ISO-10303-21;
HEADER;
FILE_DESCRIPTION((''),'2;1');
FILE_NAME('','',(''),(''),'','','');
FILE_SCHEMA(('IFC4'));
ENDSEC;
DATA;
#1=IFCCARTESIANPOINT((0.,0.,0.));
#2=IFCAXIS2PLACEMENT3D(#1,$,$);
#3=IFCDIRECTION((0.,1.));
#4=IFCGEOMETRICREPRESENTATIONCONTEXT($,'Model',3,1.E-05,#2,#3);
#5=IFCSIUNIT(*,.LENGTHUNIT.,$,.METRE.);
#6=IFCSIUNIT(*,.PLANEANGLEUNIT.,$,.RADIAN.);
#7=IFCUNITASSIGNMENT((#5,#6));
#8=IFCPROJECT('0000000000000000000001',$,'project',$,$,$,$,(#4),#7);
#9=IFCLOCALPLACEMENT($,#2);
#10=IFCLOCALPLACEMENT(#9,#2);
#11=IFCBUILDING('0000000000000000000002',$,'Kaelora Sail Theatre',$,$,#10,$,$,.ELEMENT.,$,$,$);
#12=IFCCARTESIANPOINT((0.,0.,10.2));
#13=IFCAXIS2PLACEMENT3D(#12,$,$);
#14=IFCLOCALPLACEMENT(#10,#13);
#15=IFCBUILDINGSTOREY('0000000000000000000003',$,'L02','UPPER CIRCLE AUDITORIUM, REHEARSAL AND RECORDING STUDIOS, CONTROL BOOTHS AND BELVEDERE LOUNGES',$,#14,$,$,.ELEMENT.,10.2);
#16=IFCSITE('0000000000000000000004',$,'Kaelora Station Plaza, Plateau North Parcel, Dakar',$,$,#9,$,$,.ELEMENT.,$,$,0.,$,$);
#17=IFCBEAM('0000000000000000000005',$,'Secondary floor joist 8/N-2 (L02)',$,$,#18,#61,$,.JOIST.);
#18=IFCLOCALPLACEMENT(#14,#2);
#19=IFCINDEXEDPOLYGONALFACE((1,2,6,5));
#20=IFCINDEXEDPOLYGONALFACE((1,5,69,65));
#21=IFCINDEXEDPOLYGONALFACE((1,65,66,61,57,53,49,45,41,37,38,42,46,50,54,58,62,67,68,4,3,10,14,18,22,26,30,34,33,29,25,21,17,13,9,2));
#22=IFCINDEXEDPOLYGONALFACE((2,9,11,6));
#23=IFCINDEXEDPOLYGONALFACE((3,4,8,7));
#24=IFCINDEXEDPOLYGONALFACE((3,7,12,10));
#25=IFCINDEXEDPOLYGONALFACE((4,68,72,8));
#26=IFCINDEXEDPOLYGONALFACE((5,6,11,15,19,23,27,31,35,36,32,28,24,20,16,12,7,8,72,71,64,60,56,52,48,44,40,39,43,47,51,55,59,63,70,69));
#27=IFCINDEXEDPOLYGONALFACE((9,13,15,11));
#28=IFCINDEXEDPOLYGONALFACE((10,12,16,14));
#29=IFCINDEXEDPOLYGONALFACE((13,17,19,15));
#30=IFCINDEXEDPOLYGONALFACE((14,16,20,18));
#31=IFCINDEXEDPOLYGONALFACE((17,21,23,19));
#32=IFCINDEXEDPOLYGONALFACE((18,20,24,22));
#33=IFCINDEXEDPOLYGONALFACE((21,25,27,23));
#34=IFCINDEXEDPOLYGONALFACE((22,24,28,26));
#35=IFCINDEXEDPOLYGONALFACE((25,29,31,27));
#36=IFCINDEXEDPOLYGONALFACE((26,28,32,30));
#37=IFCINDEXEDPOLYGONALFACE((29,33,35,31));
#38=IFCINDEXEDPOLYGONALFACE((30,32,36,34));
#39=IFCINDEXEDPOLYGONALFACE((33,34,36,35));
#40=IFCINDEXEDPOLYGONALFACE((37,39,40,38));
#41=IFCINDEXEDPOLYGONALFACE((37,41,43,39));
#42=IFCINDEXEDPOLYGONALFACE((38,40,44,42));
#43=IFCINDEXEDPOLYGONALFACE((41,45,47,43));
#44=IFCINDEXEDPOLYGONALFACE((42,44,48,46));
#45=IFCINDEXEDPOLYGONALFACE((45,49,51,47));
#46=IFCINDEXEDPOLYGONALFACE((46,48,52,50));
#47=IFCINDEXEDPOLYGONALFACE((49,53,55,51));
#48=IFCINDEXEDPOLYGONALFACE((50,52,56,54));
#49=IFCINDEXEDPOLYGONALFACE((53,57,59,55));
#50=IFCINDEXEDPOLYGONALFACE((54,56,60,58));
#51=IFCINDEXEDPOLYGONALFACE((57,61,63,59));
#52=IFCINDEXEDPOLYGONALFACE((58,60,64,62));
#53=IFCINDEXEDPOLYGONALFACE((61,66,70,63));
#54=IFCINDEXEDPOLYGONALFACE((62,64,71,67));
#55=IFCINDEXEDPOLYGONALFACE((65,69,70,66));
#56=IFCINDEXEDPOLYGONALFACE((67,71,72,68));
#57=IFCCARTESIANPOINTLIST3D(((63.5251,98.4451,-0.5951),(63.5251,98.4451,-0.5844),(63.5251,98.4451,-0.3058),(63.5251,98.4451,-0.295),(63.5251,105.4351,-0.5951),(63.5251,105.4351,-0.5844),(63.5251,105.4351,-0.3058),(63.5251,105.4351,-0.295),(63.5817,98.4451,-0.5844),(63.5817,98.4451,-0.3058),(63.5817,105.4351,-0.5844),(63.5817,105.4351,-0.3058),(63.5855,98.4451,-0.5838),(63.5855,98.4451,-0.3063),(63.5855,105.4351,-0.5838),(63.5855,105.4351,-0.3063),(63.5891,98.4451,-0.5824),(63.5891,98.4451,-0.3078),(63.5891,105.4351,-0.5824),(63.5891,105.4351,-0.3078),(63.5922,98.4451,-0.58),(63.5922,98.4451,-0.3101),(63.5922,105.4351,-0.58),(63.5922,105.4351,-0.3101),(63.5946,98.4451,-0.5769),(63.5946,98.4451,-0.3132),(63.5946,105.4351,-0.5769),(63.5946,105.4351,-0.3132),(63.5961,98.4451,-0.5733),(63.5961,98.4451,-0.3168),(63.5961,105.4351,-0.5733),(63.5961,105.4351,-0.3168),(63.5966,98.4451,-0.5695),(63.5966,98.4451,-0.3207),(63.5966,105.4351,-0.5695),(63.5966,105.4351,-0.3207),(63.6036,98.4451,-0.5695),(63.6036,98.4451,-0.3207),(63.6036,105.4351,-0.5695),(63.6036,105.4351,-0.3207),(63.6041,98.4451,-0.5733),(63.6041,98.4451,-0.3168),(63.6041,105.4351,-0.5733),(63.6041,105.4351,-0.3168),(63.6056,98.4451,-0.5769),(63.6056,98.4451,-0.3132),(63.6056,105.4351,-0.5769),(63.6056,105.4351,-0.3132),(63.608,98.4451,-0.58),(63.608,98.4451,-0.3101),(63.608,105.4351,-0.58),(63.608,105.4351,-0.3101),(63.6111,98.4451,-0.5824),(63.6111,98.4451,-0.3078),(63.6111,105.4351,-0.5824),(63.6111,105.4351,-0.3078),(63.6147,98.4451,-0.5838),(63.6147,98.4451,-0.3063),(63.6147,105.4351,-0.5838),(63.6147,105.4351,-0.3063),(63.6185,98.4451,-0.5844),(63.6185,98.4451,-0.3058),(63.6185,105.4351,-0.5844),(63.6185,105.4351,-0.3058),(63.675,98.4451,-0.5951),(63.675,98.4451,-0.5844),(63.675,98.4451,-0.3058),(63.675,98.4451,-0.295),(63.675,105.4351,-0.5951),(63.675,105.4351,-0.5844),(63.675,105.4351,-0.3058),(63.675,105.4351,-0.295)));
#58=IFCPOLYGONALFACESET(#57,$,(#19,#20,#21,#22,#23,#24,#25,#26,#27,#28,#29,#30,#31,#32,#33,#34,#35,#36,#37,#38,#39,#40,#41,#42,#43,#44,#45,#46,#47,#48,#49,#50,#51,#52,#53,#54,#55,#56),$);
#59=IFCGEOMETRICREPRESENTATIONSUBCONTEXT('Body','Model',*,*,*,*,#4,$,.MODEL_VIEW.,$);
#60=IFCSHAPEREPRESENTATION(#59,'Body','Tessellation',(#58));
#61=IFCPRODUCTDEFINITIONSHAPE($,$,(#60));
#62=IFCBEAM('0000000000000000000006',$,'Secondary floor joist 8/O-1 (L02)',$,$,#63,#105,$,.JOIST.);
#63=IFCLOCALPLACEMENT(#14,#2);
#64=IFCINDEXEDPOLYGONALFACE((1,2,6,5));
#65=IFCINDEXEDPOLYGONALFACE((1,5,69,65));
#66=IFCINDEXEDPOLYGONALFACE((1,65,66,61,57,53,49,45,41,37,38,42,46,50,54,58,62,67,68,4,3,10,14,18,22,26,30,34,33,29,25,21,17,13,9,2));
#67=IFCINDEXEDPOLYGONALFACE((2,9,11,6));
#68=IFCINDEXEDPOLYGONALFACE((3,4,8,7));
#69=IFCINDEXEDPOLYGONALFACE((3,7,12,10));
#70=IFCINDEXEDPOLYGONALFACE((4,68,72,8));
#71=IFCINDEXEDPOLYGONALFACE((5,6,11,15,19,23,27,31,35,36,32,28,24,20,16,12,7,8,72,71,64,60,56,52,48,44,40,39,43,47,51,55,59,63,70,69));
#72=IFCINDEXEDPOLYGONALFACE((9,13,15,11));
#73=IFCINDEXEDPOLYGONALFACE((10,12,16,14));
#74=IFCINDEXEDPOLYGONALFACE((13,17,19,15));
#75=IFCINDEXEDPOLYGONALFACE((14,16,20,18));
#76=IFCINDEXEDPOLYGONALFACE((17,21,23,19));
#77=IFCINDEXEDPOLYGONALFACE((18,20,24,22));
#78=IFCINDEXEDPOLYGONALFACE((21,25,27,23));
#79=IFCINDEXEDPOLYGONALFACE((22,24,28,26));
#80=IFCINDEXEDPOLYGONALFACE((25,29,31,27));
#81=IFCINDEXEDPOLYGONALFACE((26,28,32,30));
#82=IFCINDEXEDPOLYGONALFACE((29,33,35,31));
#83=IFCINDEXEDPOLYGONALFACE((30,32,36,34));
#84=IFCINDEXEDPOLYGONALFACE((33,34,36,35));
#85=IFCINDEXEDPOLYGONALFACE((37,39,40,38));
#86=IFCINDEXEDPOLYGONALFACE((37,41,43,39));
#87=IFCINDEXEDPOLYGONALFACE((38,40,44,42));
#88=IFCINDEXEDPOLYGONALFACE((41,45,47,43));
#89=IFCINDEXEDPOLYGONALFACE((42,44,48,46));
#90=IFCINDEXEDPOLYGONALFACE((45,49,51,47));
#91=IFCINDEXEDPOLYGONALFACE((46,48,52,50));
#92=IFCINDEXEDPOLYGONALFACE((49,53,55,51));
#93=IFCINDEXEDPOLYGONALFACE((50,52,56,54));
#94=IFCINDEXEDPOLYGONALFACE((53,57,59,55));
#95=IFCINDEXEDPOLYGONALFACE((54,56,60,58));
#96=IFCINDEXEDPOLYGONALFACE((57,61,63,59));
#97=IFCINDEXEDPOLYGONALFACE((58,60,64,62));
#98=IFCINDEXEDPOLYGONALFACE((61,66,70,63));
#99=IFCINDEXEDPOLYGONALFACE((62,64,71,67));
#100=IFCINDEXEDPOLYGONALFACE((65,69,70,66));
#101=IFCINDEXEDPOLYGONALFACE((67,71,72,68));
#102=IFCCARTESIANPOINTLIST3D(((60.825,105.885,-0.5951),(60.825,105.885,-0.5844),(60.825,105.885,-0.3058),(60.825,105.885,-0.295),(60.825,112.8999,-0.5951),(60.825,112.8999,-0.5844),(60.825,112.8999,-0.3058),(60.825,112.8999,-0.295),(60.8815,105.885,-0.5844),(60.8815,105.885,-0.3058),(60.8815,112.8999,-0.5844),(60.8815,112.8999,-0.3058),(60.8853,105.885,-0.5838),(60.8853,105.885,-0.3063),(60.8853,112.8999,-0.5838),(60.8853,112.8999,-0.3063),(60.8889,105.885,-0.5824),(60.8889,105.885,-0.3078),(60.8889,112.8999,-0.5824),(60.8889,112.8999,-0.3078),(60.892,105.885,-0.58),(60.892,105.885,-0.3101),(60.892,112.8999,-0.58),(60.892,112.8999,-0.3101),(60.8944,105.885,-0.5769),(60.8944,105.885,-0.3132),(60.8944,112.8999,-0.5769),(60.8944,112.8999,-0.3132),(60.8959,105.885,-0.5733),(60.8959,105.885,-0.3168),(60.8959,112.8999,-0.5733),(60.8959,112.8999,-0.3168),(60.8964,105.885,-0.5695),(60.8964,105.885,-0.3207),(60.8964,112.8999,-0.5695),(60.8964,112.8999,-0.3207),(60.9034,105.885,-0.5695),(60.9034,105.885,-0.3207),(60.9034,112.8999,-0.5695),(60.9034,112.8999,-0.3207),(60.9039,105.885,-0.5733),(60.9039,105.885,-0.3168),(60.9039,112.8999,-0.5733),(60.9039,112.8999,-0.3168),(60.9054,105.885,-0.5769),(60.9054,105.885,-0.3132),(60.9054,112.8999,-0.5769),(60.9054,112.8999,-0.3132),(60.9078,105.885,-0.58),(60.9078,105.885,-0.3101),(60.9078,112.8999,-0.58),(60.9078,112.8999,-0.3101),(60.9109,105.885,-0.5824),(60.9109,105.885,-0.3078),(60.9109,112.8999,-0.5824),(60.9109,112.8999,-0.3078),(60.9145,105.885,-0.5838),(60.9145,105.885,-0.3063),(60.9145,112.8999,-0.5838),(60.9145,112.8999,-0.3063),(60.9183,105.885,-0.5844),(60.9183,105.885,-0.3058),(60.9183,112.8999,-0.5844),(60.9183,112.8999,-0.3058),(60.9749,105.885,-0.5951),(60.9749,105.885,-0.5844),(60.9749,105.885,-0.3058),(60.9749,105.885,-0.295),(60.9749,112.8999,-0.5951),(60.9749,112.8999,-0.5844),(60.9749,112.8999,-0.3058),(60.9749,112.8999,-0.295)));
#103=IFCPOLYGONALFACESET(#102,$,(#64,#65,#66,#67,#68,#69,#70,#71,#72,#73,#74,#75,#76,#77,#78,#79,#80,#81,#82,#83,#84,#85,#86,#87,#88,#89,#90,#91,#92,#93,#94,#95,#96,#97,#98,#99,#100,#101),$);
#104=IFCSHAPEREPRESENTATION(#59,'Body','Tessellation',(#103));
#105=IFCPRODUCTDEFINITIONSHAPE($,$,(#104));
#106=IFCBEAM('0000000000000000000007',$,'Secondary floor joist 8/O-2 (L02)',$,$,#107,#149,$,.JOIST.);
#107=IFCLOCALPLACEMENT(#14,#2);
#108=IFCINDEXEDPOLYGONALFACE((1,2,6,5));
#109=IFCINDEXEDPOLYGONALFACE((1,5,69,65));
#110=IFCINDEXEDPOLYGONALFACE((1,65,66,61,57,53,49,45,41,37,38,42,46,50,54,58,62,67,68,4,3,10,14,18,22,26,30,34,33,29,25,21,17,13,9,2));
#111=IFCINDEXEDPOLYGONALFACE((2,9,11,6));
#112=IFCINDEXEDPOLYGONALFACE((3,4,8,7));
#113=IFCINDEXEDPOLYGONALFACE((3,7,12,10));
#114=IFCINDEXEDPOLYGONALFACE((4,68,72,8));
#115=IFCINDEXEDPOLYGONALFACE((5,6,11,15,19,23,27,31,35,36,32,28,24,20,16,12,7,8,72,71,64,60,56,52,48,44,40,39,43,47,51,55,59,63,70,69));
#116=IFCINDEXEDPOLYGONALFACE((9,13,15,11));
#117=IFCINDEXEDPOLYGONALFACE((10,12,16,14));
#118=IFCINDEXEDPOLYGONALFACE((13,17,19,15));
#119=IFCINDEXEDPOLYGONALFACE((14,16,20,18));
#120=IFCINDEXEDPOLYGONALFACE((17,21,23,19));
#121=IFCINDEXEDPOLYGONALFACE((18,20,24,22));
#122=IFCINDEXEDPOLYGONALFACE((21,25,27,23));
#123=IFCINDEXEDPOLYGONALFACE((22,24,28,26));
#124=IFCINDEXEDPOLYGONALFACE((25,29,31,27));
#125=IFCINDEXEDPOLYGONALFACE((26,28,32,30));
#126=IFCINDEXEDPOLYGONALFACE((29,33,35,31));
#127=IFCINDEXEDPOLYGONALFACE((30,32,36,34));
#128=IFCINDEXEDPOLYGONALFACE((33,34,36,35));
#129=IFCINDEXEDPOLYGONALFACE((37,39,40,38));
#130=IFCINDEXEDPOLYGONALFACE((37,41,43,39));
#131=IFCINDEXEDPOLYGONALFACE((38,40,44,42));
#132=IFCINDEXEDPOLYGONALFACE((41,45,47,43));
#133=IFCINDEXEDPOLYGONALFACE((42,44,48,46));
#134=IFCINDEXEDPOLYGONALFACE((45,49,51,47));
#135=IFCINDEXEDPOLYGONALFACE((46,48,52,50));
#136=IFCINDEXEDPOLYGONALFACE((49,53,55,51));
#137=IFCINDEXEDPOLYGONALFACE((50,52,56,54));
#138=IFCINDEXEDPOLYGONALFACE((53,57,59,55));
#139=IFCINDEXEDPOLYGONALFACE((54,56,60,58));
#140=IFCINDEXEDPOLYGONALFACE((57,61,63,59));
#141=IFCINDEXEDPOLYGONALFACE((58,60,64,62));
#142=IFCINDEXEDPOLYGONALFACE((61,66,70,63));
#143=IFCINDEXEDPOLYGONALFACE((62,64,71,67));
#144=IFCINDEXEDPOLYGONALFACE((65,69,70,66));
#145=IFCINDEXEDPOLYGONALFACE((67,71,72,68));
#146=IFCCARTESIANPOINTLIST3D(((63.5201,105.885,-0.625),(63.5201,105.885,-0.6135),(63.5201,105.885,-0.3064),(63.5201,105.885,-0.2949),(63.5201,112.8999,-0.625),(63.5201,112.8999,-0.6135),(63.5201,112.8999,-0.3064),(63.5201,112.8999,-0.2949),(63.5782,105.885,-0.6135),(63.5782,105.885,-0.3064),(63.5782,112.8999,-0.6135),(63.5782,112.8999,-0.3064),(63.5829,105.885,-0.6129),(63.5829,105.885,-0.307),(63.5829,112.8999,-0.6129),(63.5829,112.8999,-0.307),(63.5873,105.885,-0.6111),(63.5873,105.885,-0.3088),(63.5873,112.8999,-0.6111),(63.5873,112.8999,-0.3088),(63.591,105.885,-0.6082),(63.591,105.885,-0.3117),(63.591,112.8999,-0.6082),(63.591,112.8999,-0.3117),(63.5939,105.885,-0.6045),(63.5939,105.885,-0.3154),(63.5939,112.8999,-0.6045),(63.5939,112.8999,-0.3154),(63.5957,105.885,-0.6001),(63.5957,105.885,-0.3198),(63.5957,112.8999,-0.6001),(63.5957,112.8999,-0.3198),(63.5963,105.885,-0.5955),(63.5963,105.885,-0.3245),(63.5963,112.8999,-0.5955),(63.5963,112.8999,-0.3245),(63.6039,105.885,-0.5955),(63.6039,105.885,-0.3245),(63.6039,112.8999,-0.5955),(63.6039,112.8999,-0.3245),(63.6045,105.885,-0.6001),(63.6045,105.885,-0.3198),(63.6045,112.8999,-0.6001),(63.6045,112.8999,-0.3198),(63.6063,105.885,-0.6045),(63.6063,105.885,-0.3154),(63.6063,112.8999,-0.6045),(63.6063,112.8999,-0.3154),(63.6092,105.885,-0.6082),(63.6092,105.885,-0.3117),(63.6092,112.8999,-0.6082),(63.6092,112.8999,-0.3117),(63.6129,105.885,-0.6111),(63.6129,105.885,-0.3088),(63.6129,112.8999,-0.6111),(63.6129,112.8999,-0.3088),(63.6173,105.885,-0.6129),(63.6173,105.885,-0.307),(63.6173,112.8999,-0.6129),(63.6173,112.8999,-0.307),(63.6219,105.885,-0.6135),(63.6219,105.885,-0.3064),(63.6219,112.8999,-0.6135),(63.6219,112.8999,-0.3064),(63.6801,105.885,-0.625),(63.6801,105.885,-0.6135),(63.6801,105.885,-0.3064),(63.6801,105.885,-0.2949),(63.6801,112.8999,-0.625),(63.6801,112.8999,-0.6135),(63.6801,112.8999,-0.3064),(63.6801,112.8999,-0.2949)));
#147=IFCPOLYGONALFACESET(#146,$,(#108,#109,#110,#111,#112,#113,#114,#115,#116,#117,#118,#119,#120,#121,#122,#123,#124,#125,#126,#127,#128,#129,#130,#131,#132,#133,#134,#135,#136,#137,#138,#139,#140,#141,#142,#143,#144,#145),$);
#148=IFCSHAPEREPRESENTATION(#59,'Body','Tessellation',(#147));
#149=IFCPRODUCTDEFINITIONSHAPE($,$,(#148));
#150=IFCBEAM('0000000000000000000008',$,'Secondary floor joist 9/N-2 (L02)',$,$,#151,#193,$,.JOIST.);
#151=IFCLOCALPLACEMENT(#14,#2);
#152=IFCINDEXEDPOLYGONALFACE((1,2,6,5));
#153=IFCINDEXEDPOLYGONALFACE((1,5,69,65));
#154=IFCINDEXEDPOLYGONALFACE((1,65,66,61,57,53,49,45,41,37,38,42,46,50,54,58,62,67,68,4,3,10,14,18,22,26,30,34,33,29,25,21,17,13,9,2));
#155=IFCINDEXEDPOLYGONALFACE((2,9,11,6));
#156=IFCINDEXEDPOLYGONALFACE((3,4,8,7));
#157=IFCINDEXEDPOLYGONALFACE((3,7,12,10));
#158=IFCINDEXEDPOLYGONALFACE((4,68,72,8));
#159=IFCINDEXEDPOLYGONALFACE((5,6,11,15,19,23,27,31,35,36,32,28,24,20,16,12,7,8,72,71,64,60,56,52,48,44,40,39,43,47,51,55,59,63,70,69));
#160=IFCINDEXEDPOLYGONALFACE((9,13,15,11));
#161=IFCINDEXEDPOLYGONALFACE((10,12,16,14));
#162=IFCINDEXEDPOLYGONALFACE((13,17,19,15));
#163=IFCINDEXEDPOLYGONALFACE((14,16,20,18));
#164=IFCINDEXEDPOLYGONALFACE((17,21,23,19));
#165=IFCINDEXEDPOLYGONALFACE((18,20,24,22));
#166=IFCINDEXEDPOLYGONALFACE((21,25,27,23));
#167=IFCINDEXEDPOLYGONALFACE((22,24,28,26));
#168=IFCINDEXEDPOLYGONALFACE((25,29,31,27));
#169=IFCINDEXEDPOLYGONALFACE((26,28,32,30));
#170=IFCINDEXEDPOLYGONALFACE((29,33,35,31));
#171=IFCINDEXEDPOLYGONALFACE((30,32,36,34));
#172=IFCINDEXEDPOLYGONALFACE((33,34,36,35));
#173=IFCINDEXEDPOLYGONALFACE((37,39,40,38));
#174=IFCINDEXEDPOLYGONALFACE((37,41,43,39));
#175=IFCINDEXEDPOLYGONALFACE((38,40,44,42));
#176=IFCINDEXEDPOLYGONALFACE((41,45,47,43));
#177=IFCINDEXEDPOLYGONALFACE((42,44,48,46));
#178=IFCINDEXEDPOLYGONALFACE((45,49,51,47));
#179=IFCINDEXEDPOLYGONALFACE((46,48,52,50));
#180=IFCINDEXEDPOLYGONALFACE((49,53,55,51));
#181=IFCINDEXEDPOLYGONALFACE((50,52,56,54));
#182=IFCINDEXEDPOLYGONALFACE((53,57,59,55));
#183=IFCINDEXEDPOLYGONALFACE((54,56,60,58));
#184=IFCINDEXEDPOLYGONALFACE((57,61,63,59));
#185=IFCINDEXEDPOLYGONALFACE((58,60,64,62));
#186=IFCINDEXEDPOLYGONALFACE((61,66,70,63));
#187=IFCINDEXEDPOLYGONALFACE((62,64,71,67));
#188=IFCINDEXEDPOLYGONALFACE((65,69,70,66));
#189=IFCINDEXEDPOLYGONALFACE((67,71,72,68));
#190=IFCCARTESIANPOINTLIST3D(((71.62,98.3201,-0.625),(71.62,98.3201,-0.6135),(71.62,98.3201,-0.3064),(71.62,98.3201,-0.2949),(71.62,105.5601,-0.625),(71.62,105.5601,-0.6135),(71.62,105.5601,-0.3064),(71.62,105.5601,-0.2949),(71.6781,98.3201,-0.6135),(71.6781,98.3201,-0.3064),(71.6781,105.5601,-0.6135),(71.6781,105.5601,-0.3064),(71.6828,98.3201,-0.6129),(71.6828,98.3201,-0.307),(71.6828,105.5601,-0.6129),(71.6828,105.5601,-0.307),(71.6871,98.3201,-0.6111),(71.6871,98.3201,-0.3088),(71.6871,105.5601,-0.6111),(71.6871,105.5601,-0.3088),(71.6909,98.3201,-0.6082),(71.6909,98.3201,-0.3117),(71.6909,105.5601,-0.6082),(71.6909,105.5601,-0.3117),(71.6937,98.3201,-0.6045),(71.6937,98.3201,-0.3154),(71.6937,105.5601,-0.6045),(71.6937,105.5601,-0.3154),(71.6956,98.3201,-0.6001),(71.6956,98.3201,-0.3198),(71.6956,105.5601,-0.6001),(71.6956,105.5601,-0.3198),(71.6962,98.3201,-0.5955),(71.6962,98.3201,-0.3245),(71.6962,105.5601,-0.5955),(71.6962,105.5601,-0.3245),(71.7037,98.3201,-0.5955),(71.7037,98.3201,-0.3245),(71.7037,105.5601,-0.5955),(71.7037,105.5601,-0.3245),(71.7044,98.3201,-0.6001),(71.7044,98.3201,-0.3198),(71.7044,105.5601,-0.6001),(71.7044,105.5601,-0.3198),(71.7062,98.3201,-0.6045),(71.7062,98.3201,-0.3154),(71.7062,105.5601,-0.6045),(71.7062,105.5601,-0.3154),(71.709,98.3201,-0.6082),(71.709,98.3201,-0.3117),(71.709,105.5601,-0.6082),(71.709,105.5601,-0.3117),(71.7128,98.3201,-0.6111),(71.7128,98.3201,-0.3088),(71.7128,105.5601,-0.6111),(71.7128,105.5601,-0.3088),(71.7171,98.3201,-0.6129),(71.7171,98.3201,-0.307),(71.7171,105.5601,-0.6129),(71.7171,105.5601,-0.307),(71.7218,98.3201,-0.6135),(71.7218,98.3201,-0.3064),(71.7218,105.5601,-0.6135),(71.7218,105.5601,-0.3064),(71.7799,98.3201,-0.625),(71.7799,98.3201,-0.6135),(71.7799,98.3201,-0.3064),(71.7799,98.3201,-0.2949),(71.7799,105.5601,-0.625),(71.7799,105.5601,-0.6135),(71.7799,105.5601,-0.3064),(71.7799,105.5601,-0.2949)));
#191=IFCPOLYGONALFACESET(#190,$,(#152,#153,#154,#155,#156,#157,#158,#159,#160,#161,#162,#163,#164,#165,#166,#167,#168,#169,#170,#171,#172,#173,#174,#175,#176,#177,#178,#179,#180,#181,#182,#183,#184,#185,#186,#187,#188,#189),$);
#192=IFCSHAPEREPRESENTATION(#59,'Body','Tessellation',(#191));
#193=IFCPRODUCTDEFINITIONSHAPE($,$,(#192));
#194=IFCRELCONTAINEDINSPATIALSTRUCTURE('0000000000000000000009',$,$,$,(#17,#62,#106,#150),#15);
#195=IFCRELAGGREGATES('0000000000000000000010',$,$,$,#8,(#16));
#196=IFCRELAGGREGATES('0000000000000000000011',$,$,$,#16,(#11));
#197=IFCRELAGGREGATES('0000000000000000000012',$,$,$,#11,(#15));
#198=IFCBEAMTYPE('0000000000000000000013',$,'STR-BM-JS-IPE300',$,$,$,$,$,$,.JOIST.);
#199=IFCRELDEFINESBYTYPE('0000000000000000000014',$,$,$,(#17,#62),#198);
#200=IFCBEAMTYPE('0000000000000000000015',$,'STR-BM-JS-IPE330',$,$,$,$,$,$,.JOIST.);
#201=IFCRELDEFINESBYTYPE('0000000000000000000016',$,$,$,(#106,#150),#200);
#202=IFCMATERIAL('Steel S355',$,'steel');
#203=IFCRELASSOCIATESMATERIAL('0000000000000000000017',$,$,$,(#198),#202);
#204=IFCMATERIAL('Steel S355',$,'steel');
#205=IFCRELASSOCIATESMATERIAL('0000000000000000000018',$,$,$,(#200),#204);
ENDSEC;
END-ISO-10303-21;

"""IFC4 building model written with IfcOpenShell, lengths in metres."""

from ifc_helpers import new_model, si_unit, direction, frame, origin, origin_2d, place, context, subcontext, project, spatial, i_section, extrude, material, material_profile, profile_set, type_object, element, save


model = new_model("IFC4")

# Units and contexts
model_context = context("Model", 3, precision=1e-05, world=origin(), true_north=direction((0.0, 1.0)))
body_context = subcontext(model_context, "Body", "Model", "MODEL_VIEW")
ifc_project = project(units=[si_unit("LENGTHUNIT", "METRE"), si_unit("PLANEANGLEUNIT", "RADIAN")], contexts=[model_context])

# Site, building, storey
site_placement = place(None, origin())
site = spatial("IfcSite", under=ifc_project, at=site_placement, Name="Kaelora Station Plaza, Plateau North Parcel, Dakar", CompositionType="ELEMENT", RefElevation=0.0)
building_placement = place(site_placement, origin())
building = spatial("IfcBuilding", under=site, at=building_placement, Name="Kaelora Sail Theatre", CompositionType="ELEMENT")
storey_placement = place(building_placement, frame((0.0, 0.0, 10.2)))
storey = spatial("IfcBuildingStorey", under=building, at=storey_placement, Name="L02", Description="UPPER CIRCLE AUDITORIUM, REHEARSAL AND RECORDING STUDIOS, CONTROL BOOTHS AND BELVEDERE LOUNGES", CompositionType="ELEMENT", Elevation=10.2)

# Beams
ifc_material_1 = material(Name="Steel S355", Category="steel")
ifc_material_profile_1 = material_profile(ifc_material_1, i_section(OverallWidth=0.1499, OverallDepth=0.3, WebThickness=0.0071, FlangeThickness=0.0107, FilletRadius=0.0149, at=origin_2d()), Name="IPE 300")
ifc_profile_set_1 = profile_set([ifc_material_profile_1], Name="Steel S355")
beam_type_1 = type_object("IfcBeamType", Name="STR-BM-JS-IPE300", PredefinedType="JOIST", material=ifc_profile_set_1)
beam_1_placement = place(storey_placement, frame((63.6001, 98.4451, -0.4451), z_axis=(0.0, 1.0, 0.0), x_axis=(-1.0, 0.0, 0.0)))
element("IfcBeam", 1, at=beam_1_placement, inside=storey, type_object=beam_type_1, Name="Secondary floor joist 8/N-2 (L02)", PredefinedType="JOIST", context=body_context, shape_type="SweptSolid", body=[
    extrude(i_section(OverallWidth=0.1499, OverallDepth=0.3, WebThickness=0.0071, FlangeThickness=0.0107, FilletRadius=0.0149, at=origin_2d()), origin(), (0.0, 0.0, 1.0), 6.99),
])
beam_2_placement = place(storey_placement, frame((60.8999, 105.885, -0.4451), z_axis=(0.0, 1.0, 0.0), x_axis=(-1.0, 0.0, 0.0)))
element("IfcBeam", 2, at=beam_2_placement, inside=storey, type_object=beam_type_1, Name="Secondary floor joist 8/O-1 (L02)", PredefinedType="JOIST", context=body_context, shape_type="SweptSolid", body=[
    extrude(i_section(OverallWidth=0.1499, OverallDepth=0.3, WebThickness=0.0071, FlangeThickness=0.0107, FilletRadius=0.0149, at=origin_2d()), origin(), (0.0, 0.0, 1.0), 7.0149),
])
ifc_material_2 = material(Name="Steel S355", Category="steel")
ifc_material_profile_2 = material_profile(ifc_material_2, i_section(OverallWidth=0.1599, OverallDepth=0.3301, WebThickness=0.0076, FlangeThickness=0.0115, FilletRadius=0.0181, at=origin_2d()), Name="IPE 330")
ifc_profile_set_2 = profile_set([ifc_material_profile_2], Name="Steel S355")
beam_type_2 = type_object("IfcBeamType", Name="STR-BM-JS-IPE330", PredefinedType="JOIST", material=ifc_profile_set_2)
beam_3_placement = place(storey_placement, frame((63.6001, 105.885, -0.46), z_axis=(0.0, 1.0, 0.0), x_axis=(-1.0, 0.0, 0.0)))
element("IfcBeam", 3, at=beam_3_placement, inside=storey, type_object=beam_type_2, Name="Secondary floor joist 8/O-2 (L02)", PredefinedType="JOIST", context=body_context, shape_type="SweptSolid", body=[
    extrude(i_section(OverallWidth=0.1599, OverallDepth=0.3301, WebThickness=0.0076, FlangeThickness=0.0115, FilletRadius=0.0181, at=origin_2d()), origin(), (0.0, 0.0, 1.0), 7.0149),
])
beam_4_placement = place(storey_placement, frame((71.7, 98.3201, -0.46), z_axis=(0.0, 1.0, 0.0), x_axis=(-1.0, 0.0, 0.0)))
element("IfcBeam", 4, at=beam_4_placement, inside=storey, type_object=beam_type_2, Name="Secondary floor joist 9/N-2 (L02)", PredefinedType="JOIST", context=body_context, shape_type="SweptSolid", body=[
    extrude(i_section(OverallWidth=0.1599, OverallDepth=0.3301, WebThickness=0.0076, FlangeThickness=0.0115, FilletRadius=0.0181, at=origin_2d()), origin(), (0.0, 0.0, 1.0), 7.24),
])

save(model, "model.ifc")
